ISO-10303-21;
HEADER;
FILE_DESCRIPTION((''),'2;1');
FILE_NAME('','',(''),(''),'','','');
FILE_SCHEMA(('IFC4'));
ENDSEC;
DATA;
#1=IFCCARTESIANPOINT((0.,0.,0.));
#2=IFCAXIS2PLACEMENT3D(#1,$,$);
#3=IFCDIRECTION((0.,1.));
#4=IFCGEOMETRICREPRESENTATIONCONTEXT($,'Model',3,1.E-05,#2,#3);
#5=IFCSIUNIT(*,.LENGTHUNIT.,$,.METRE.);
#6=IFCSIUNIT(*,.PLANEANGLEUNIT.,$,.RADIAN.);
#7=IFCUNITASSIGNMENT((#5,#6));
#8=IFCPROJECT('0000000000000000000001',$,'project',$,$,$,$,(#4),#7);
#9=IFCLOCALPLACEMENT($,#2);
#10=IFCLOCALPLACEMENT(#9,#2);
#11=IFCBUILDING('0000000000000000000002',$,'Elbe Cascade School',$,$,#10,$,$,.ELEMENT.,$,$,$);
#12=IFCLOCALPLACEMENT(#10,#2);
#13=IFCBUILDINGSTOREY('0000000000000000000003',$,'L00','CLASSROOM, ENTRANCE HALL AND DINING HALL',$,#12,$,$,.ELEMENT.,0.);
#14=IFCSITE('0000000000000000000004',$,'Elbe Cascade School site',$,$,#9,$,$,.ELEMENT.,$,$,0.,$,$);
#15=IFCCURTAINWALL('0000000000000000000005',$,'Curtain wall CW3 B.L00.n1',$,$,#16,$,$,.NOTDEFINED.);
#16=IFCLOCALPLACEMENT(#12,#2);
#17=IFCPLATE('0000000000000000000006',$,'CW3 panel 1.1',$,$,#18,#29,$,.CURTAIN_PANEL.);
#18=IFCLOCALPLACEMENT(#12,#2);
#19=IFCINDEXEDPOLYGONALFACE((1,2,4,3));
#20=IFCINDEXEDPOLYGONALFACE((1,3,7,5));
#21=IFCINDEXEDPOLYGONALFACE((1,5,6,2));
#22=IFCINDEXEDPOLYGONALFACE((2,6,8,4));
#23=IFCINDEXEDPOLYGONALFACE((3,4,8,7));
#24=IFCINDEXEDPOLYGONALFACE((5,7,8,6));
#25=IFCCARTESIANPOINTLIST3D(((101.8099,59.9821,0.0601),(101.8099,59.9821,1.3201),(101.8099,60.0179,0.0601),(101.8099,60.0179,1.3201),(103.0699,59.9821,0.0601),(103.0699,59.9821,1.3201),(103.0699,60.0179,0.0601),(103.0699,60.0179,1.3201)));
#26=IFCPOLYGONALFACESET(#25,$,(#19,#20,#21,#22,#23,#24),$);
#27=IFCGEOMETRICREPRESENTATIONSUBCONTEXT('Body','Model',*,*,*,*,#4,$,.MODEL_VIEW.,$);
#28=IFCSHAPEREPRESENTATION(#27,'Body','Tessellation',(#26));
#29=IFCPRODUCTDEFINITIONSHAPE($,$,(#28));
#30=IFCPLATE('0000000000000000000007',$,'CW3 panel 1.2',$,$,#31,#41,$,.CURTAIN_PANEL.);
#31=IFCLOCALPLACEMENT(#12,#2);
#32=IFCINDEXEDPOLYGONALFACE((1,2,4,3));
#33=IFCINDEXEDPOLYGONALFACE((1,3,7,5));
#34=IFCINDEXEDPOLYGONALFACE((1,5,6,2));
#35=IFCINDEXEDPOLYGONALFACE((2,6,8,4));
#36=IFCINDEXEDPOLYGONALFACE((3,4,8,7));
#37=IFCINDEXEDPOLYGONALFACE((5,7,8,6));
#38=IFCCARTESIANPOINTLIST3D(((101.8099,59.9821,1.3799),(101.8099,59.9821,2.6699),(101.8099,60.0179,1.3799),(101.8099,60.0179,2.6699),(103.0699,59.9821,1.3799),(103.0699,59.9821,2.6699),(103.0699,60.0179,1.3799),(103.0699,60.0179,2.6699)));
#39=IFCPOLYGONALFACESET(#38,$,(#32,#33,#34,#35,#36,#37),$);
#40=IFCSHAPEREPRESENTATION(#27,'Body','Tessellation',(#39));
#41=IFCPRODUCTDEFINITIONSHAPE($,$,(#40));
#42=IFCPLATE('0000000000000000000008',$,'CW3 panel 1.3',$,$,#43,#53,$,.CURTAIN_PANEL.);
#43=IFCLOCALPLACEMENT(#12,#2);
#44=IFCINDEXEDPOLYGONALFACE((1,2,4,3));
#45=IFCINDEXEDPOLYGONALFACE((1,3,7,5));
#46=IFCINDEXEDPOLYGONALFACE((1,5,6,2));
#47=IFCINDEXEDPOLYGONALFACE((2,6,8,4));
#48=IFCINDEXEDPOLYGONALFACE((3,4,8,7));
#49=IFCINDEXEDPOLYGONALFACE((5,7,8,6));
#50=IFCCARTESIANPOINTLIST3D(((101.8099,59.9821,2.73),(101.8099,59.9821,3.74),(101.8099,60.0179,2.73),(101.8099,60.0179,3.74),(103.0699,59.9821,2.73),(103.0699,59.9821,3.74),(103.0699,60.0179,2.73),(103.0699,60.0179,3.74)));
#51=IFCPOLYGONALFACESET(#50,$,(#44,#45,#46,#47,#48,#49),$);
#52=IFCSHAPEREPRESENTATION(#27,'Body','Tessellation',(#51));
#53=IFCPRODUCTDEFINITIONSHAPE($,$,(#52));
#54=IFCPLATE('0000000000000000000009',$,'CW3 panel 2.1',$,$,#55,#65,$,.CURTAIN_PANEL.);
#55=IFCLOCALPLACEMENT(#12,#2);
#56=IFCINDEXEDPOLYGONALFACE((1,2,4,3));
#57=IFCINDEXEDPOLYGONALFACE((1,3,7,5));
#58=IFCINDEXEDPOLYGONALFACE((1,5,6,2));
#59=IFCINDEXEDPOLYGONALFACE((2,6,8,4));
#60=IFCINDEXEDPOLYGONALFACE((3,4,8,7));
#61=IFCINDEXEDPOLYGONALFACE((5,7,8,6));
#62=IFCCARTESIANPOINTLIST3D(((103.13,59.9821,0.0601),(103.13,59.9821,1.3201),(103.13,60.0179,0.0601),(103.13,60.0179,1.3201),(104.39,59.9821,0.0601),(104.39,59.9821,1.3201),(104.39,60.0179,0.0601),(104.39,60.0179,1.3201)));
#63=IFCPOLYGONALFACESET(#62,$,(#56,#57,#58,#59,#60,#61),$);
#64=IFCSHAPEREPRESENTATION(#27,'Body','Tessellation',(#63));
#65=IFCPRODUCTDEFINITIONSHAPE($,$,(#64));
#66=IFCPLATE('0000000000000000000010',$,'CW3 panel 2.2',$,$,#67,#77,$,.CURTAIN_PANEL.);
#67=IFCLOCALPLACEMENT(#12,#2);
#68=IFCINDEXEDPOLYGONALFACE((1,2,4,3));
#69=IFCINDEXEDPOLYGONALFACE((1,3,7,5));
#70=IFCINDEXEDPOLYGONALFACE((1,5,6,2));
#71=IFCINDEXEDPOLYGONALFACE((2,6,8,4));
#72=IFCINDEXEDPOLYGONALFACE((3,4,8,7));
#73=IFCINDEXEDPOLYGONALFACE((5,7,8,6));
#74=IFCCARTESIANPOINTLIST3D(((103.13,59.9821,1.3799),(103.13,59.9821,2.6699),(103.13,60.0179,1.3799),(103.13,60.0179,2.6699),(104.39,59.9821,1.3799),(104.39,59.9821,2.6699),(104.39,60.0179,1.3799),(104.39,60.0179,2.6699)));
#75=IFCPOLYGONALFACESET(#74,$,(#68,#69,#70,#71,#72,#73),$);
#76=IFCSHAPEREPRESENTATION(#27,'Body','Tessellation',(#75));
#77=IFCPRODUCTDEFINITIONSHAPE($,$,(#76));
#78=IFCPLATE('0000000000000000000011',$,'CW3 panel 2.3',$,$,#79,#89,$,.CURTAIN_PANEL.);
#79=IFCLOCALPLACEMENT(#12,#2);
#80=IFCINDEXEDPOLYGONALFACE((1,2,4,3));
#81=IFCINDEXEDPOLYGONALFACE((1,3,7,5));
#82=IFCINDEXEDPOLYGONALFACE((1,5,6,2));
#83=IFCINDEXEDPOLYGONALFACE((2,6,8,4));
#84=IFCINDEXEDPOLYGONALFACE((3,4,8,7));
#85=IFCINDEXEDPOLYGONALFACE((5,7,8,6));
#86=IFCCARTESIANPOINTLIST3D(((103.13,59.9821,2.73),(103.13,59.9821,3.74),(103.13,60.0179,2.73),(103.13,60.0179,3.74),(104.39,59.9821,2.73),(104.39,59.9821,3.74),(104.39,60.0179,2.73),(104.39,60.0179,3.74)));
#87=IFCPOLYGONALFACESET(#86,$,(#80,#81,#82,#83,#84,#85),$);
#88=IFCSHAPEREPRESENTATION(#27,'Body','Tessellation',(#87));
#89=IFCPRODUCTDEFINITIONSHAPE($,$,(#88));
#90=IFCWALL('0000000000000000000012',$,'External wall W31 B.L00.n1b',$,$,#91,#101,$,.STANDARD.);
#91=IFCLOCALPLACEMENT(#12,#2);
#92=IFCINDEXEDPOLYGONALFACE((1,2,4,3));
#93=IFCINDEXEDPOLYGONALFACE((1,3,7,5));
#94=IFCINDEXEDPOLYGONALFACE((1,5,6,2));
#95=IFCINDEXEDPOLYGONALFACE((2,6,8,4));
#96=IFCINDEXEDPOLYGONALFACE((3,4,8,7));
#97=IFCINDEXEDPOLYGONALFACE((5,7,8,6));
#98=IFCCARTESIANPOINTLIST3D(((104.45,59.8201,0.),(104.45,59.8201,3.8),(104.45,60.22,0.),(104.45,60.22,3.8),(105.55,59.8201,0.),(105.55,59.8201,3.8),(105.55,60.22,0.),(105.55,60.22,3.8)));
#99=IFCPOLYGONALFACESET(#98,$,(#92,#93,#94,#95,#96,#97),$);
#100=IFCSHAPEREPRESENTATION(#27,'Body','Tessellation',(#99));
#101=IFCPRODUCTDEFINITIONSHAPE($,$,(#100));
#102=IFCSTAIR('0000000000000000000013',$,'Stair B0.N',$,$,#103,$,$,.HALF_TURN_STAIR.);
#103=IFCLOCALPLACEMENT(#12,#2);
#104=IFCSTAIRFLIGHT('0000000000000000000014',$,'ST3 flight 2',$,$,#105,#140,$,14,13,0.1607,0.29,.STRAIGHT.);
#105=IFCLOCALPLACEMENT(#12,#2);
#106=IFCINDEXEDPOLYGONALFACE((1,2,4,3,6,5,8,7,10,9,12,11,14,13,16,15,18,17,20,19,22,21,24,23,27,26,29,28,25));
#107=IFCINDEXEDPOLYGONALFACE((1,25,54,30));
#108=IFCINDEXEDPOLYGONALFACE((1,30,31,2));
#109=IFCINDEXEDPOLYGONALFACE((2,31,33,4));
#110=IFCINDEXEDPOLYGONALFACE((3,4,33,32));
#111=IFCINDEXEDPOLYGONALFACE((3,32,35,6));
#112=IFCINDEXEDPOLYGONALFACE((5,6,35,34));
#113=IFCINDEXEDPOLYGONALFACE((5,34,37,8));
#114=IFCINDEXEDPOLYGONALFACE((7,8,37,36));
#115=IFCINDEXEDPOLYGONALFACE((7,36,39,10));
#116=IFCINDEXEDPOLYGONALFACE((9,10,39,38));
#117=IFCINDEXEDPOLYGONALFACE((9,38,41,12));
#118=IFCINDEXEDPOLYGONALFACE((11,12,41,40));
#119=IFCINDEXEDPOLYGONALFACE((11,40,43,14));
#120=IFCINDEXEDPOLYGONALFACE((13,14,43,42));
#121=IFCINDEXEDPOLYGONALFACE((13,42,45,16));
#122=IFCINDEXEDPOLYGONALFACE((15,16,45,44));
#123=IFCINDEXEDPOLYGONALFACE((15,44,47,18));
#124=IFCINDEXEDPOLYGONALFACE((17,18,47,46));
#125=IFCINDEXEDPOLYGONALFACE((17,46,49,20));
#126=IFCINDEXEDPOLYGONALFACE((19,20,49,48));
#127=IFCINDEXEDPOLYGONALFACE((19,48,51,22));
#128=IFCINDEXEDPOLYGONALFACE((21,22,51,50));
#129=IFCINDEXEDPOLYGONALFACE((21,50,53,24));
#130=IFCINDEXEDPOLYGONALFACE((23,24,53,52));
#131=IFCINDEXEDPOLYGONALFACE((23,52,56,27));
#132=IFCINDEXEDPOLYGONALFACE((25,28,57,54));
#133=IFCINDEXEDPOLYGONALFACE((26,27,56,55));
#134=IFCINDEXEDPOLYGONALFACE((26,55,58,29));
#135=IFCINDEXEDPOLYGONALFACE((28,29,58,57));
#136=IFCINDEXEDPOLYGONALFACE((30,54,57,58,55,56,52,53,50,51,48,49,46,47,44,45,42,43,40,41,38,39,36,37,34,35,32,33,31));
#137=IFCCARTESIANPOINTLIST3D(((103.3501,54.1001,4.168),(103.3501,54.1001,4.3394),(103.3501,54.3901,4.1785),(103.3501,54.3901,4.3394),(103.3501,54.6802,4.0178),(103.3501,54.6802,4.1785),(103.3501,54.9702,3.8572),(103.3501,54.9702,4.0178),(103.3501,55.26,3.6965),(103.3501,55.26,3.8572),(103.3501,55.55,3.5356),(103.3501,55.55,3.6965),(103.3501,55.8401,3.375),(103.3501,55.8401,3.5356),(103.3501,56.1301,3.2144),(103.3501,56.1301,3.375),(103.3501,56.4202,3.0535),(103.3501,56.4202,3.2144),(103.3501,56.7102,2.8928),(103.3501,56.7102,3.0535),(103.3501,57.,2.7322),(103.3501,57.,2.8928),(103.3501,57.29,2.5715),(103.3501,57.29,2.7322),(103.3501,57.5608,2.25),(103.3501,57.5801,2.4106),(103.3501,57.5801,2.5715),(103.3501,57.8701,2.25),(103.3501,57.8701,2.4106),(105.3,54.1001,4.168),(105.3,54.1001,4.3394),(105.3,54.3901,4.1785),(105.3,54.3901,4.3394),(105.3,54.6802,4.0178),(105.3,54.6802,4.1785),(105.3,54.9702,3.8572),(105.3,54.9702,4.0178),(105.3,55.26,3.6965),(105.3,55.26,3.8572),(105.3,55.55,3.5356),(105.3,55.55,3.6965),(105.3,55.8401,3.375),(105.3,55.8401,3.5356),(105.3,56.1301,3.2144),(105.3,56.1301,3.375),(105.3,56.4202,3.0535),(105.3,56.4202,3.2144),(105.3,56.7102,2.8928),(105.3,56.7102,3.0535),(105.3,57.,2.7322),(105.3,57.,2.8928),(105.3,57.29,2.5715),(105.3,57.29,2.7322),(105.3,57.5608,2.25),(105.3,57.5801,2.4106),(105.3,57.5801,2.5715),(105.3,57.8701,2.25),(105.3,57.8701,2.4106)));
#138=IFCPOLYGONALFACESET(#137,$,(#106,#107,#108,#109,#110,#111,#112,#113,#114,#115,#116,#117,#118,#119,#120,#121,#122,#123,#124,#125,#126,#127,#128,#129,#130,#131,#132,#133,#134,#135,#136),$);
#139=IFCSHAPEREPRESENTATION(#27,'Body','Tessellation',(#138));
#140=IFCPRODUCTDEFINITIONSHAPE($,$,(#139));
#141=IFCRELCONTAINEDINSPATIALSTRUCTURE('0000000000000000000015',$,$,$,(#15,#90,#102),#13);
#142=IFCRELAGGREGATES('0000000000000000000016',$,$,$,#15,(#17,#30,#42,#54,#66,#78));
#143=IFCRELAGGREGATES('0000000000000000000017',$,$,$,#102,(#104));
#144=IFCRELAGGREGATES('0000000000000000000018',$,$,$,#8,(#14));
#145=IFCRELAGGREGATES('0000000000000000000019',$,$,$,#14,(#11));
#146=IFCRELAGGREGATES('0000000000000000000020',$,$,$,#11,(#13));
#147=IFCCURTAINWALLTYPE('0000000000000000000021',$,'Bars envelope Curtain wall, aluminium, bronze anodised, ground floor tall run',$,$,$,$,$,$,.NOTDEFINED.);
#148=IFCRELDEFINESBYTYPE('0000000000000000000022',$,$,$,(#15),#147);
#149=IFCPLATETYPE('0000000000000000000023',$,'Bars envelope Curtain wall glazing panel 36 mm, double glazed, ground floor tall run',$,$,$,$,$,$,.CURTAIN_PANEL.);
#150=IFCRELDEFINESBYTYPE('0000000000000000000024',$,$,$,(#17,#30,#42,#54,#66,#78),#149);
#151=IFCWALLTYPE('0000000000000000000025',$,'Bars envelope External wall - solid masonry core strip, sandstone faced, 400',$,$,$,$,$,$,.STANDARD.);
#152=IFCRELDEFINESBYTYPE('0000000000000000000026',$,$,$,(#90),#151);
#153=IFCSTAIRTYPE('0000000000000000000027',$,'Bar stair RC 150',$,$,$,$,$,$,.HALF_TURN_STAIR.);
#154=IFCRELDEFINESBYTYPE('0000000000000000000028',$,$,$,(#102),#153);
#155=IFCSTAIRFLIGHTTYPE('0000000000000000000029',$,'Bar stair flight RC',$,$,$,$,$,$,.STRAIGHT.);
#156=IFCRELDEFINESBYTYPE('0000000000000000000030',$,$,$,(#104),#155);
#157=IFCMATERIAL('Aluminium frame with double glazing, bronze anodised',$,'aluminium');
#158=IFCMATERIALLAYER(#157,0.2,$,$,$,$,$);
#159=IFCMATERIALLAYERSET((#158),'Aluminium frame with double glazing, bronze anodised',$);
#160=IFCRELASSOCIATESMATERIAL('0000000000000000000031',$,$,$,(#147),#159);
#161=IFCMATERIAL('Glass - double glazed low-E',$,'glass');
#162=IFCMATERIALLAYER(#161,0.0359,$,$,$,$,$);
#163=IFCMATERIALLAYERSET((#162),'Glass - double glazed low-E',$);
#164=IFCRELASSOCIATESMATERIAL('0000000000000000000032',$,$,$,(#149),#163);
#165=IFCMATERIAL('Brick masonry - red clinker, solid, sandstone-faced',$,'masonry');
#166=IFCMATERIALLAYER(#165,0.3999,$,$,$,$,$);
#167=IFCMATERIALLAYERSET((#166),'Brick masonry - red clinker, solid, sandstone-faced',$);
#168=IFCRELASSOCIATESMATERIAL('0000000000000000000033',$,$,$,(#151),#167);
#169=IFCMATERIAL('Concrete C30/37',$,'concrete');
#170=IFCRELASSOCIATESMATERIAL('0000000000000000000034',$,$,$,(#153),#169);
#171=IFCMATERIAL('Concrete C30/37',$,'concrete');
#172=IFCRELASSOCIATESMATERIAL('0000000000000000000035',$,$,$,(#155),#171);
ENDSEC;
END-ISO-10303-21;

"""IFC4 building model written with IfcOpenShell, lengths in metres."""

from ifc_helpers import new_model, si_unit, direction, frame, frame_2d, origin, origin_2d, place, context, subcontext, project, spatial, polyline, rectangle, outline, extrude, material, layer, layer_set, type_object, element, aggregate, save


model = new_model("IFC4")

# Units and contexts
model_context = context("Model", 3, precision=1e-05, world=origin(), true_north=direction((0.0, 1.0)))
body_context = subcontext(model_context, "Body", "Model", "MODEL_VIEW")
ifc_project = project(units=[si_unit("LENGTHUNIT", "METRE"), si_unit("PLANEANGLEUNIT", "RADIAN")], contexts=[model_context])

# Site, building, storey
site_placement = place(None, origin())
site = spatial("IfcSite", under=ifc_project, at=site_placement, Name="Elbe Cascade School site", CompositionType="ELEMENT", RefElevation=0.0)
building_placement = place(site_placement, origin())
building = spatial("IfcBuilding", under=site, at=building_placement, Name="Elbe Cascade School", CompositionType="ELEMENT")
storey_placement = place(building_placement, origin())
storey = spatial("IfcBuildingStorey", under=building, at=storey_placement, Name="L00", Description="CLASSROOM, ENTRANCE HALL AND DINING HALL", CompositionType="ELEMENT", Elevation=0.0)

# Curtain wall, plates
ifc_material_1 = material(Name="Aluminium frame with double glazing, bronze anodised", Category="aluminium")
ifc_layer_1 = layer(ifc_material_1, 0.2)
ifc_layer_set_1 = layer_set([ifc_layer_1], Name="Aluminium frame with double glazing, bronze anodised")
curtain_wall_type = type_object("IfcCurtainWallType", Name="Bars envelope Curtain wall, aluminium, bronze anodised, ground floor tall run", PredefinedType="NOTDEFINED", material=ifc_layer_set_1)
curtain_wall_placement = place(storey_placement, origin())
curtain_wall = element("IfcCurtainWall", 1, at=curtain_wall_placement, inside=storey, type_object=curtain_wall_type, Name="Curtain wall CW3 B.L00.n1", PredefinedType="NOTDEFINED")
ifc_material_2 = material(Name="Glass - double glazed low-E", Category="glass")
ifc_layer_2 = layer(ifc_material_2, 0.0359)
ifc_layer_set_2 = layer_set([ifc_layer_2], Name="Glass - double glazed low-E")
plate_type = type_object("IfcPlateType", Name="Bars envelope Curtain wall glazing panel 36 mm, double glazed, ground floor tall run", PredefinedType="CURTAIN_PANEL", material=ifc_layer_set_2)
plate_1_placement = place(storey_placement, frame((102.4399, 60.0, 0.0601), z_axis=(0.0, 0.0, 1.0), x_axis=(1.0, 0.0, 0.0)))
plate_1 = element("IfcPlate", 2, at=plate_1_placement, type_object=plate_type, Name="CW3 panel 1.1", PredefinedType="CURTAIN_PANEL", context=body_context, shape_type="SweptSolid", body=[
    extrude(rectangle(XDim=1.26, YDim=0.0359, at=origin_2d()), origin(), (0.0, 0.0, 1.0), 1.26),
])
plate_2_placement = place(storey_placement, frame((102.4399, 60.0, 1.3799), z_axis=(0.0, 0.0, 1.0), x_axis=(1.0, 0.0, 0.0)))
plate_2 = element("IfcPlate", 3, at=plate_2_placement, type_object=plate_type, Name="CW3 panel 1.2", PredefinedType="CURTAIN_PANEL", context=body_context, shape_type="SweptSolid", body=[
    extrude(rectangle(XDim=1.26, YDim=0.0359, at=origin_2d()), origin(), (0.0, 0.0, 1.0), 1.29),
])
plate_3_placement = place(storey_placement, frame((102.4399, 60.0, 2.73), z_axis=(0.0, 0.0, 1.0), x_axis=(1.0, 0.0, 0.0)))
plate_3 = element("IfcPlate", 4, at=plate_3_placement, type_object=plate_type, Name="CW3 panel 1.3", PredefinedType="CURTAIN_PANEL", context=body_context, shape_type="SweptSolid", body=[
    extrude(rectangle(XDim=1.26, YDim=0.0359, at=origin_2d()), origin(), (0.0, 0.0, 1.0), 1.01),
])
plate_4_placement = place(storey_placement, frame((103.76, 60.0, 0.0601), z_axis=(0.0, 0.0, 1.0), x_axis=(1.0, 0.0, 0.0)))
plate_4 = element("IfcPlate", 5, at=plate_4_placement, type_object=plate_type, Name="CW3 panel 2.1", PredefinedType="CURTAIN_PANEL", context=body_context, shape_type="SweptSolid", body=[
    extrude(rectangle(XDim=1.26, YDim=0.0359, at=origin_2d()), origin(), (0.0, 0.0, 1.0), 1.26),
])
plate_5_placement = place(storey_placement, frame((103.76, 60.0, 1.3799), z_axis=(0.0, 0.0, 1.0), x_axis=(1.0, 0.0, 0.0)))
plate_5 = element("IfcPlate", 6, at=plate_5_placement, type_object=plate_type, Name="CW3 panel 2.2", PredefinedType="CURTAIN_PANEL", context=body_context, shape_type="SweptSolid", body=[
    extrude(rectangle(XDim=1.26, YDim=0.0359, at=origin_2d()), origin(), (0.0, 0.0, 1.0), 1.29),
])
plate_6_placement = place(storey_placement, frame((103.76, 60.0, 2.73), z_axis=(0.0, 0.0, 1.0), x_axis=(1.0, 0.0, 0.0)))
plate_6 = element("IfcPlate", 7, at=plate_6_placement, type_object=plate_type, Name="CW3 panel 2.3", PredefinedType="CURTAIN_PANEL", context=body_context, shape_type="SweptSolid", body=[
    extrude(rectangle(XDim=1.26, YDim=0.0359, at=origin_2d()), origin(), (0.0, 0.0, 1.0), 1.01),
])
aggregate(curtain_wall, [plate_1, plate_2, plate_3, plate_4, plate_5, plate_6])

# Wall
ifc_material_3 = material(Name="Brick masonry - red clinker, solid, sandstone-faced", Category="masonry")
ifc_layer_3 = layer(ifc_material_3, 0.3999)
ifc_layer_set_3 = layer_set([ifc_layer_3], Name="Brick masonry - red clinker, solid, sandstone-faced")
wall_type = type_object("IfcWallType", Name="Bars envelope External wall - solid masonry core strip, sandstone faced, 400", PredefinedType="STANDARD", material=ifc_layer_set_3)
wall_placement = place(storey_placement, frame((104.45, 60.02, 0.0), z_axis=(0.0, 0.0, 1.0), x_axis=(1.0, 0.0, 0.0)))
element("IfcWall", 8, at=wall_placement, inside=storey, type_object=wall_type, Name="External wall W31 B.L00.n1b", PredefinedType="STANDARD", context=body_context, shape_type="SweptSolid", body=[
    extrude(rectangle(XDim=1.1001, YDim=0.3999, at=frame_2d((0.55, 0.0))), origin(), (0.0, 0.0, 1.0), 3.8),
])

# Stair, stair flight
ifc_material_4 = material(Name="Concrete C30/37", Category="concrete")
stair_type = type_object("IfcStairType", Name="Bar stair RC 150", PredefinedType="HALF_TURN_STAIR", material=ifc_material_4)
stair_placement = place(storey_placement, origin())
stair = element("IfcStair", 9, at=stair_placement, inside=storey, type_object=stair_type, Name="Stair B0.N", PredefinedType="HALF_TURN_STAIR")
ifc_material_5 = material(Name="Concrete C30/37", Category="concrete")
stair_flight_type = type_object("IfcStairFlightType", Name="Bar stair flight RC", PredefinedType="STRAIGHT", material=ifc_material_5)
stair_flight_placement = place(storey_placement, frame((104.325, 57.8701, 2.25), z_axis=(0.0, 0.0, 1.0), x_axis=(0.0, -1.0, 0.0)))
stair_flight = element("IfcStairFlight", 10, at=stair_flight_placement, type_object=stair_flight_type, Name="ST3 flight 2", NumberOfRisers=14, NumberOfTreads=13, PredefinedType="STRAIGHT", RiserHeight=0.1607, TreadLength=0.29, context=body_context, shape_type="SweptSolid", body=[
    extrude(outline(polyline([(0.0, 0.0), (0.0, 0.1606), (0.29, 0.1606), (0.29, 0.3215), (0.5801, 0.3215), (0.5801, 0.4822), (0.8701, 0.4822), (0.8701, 0.6428), (1.1599, 0.6428), (1.1599, 0.8035), (1.45, 0.8035), (1.45, 0.9644), (1.74, 0.9644), (1.74, 1.125), (2.03, 1.125), (2.03, 1.2856), (2.3201, 1.2856), (2.3201, 1.4465), (2.6101, 1.4465), (2.6101, 1.6072), (2.8999, 1.6072), (2.8999, 1.7678), (3.1899, 1.7678), (3.1899, 1.9285), (3.48, 1.9285), (3.48, 2.0894), (3.77, 2.0894), (3.77, 2.25), (3.77, 1.918), (0.3093, 0.0), (0.0, 0.0)])), frame((0.0, 0.9751, 0.0), z_axis=(0.0, -1.0, 0.0), x_axis=(1.0, 0.0, 0.0)), (0.0, 0.0, 1.0), 1.95),
])
aggregate(stair, [stair_flight])

save(model, "model.ifc")
